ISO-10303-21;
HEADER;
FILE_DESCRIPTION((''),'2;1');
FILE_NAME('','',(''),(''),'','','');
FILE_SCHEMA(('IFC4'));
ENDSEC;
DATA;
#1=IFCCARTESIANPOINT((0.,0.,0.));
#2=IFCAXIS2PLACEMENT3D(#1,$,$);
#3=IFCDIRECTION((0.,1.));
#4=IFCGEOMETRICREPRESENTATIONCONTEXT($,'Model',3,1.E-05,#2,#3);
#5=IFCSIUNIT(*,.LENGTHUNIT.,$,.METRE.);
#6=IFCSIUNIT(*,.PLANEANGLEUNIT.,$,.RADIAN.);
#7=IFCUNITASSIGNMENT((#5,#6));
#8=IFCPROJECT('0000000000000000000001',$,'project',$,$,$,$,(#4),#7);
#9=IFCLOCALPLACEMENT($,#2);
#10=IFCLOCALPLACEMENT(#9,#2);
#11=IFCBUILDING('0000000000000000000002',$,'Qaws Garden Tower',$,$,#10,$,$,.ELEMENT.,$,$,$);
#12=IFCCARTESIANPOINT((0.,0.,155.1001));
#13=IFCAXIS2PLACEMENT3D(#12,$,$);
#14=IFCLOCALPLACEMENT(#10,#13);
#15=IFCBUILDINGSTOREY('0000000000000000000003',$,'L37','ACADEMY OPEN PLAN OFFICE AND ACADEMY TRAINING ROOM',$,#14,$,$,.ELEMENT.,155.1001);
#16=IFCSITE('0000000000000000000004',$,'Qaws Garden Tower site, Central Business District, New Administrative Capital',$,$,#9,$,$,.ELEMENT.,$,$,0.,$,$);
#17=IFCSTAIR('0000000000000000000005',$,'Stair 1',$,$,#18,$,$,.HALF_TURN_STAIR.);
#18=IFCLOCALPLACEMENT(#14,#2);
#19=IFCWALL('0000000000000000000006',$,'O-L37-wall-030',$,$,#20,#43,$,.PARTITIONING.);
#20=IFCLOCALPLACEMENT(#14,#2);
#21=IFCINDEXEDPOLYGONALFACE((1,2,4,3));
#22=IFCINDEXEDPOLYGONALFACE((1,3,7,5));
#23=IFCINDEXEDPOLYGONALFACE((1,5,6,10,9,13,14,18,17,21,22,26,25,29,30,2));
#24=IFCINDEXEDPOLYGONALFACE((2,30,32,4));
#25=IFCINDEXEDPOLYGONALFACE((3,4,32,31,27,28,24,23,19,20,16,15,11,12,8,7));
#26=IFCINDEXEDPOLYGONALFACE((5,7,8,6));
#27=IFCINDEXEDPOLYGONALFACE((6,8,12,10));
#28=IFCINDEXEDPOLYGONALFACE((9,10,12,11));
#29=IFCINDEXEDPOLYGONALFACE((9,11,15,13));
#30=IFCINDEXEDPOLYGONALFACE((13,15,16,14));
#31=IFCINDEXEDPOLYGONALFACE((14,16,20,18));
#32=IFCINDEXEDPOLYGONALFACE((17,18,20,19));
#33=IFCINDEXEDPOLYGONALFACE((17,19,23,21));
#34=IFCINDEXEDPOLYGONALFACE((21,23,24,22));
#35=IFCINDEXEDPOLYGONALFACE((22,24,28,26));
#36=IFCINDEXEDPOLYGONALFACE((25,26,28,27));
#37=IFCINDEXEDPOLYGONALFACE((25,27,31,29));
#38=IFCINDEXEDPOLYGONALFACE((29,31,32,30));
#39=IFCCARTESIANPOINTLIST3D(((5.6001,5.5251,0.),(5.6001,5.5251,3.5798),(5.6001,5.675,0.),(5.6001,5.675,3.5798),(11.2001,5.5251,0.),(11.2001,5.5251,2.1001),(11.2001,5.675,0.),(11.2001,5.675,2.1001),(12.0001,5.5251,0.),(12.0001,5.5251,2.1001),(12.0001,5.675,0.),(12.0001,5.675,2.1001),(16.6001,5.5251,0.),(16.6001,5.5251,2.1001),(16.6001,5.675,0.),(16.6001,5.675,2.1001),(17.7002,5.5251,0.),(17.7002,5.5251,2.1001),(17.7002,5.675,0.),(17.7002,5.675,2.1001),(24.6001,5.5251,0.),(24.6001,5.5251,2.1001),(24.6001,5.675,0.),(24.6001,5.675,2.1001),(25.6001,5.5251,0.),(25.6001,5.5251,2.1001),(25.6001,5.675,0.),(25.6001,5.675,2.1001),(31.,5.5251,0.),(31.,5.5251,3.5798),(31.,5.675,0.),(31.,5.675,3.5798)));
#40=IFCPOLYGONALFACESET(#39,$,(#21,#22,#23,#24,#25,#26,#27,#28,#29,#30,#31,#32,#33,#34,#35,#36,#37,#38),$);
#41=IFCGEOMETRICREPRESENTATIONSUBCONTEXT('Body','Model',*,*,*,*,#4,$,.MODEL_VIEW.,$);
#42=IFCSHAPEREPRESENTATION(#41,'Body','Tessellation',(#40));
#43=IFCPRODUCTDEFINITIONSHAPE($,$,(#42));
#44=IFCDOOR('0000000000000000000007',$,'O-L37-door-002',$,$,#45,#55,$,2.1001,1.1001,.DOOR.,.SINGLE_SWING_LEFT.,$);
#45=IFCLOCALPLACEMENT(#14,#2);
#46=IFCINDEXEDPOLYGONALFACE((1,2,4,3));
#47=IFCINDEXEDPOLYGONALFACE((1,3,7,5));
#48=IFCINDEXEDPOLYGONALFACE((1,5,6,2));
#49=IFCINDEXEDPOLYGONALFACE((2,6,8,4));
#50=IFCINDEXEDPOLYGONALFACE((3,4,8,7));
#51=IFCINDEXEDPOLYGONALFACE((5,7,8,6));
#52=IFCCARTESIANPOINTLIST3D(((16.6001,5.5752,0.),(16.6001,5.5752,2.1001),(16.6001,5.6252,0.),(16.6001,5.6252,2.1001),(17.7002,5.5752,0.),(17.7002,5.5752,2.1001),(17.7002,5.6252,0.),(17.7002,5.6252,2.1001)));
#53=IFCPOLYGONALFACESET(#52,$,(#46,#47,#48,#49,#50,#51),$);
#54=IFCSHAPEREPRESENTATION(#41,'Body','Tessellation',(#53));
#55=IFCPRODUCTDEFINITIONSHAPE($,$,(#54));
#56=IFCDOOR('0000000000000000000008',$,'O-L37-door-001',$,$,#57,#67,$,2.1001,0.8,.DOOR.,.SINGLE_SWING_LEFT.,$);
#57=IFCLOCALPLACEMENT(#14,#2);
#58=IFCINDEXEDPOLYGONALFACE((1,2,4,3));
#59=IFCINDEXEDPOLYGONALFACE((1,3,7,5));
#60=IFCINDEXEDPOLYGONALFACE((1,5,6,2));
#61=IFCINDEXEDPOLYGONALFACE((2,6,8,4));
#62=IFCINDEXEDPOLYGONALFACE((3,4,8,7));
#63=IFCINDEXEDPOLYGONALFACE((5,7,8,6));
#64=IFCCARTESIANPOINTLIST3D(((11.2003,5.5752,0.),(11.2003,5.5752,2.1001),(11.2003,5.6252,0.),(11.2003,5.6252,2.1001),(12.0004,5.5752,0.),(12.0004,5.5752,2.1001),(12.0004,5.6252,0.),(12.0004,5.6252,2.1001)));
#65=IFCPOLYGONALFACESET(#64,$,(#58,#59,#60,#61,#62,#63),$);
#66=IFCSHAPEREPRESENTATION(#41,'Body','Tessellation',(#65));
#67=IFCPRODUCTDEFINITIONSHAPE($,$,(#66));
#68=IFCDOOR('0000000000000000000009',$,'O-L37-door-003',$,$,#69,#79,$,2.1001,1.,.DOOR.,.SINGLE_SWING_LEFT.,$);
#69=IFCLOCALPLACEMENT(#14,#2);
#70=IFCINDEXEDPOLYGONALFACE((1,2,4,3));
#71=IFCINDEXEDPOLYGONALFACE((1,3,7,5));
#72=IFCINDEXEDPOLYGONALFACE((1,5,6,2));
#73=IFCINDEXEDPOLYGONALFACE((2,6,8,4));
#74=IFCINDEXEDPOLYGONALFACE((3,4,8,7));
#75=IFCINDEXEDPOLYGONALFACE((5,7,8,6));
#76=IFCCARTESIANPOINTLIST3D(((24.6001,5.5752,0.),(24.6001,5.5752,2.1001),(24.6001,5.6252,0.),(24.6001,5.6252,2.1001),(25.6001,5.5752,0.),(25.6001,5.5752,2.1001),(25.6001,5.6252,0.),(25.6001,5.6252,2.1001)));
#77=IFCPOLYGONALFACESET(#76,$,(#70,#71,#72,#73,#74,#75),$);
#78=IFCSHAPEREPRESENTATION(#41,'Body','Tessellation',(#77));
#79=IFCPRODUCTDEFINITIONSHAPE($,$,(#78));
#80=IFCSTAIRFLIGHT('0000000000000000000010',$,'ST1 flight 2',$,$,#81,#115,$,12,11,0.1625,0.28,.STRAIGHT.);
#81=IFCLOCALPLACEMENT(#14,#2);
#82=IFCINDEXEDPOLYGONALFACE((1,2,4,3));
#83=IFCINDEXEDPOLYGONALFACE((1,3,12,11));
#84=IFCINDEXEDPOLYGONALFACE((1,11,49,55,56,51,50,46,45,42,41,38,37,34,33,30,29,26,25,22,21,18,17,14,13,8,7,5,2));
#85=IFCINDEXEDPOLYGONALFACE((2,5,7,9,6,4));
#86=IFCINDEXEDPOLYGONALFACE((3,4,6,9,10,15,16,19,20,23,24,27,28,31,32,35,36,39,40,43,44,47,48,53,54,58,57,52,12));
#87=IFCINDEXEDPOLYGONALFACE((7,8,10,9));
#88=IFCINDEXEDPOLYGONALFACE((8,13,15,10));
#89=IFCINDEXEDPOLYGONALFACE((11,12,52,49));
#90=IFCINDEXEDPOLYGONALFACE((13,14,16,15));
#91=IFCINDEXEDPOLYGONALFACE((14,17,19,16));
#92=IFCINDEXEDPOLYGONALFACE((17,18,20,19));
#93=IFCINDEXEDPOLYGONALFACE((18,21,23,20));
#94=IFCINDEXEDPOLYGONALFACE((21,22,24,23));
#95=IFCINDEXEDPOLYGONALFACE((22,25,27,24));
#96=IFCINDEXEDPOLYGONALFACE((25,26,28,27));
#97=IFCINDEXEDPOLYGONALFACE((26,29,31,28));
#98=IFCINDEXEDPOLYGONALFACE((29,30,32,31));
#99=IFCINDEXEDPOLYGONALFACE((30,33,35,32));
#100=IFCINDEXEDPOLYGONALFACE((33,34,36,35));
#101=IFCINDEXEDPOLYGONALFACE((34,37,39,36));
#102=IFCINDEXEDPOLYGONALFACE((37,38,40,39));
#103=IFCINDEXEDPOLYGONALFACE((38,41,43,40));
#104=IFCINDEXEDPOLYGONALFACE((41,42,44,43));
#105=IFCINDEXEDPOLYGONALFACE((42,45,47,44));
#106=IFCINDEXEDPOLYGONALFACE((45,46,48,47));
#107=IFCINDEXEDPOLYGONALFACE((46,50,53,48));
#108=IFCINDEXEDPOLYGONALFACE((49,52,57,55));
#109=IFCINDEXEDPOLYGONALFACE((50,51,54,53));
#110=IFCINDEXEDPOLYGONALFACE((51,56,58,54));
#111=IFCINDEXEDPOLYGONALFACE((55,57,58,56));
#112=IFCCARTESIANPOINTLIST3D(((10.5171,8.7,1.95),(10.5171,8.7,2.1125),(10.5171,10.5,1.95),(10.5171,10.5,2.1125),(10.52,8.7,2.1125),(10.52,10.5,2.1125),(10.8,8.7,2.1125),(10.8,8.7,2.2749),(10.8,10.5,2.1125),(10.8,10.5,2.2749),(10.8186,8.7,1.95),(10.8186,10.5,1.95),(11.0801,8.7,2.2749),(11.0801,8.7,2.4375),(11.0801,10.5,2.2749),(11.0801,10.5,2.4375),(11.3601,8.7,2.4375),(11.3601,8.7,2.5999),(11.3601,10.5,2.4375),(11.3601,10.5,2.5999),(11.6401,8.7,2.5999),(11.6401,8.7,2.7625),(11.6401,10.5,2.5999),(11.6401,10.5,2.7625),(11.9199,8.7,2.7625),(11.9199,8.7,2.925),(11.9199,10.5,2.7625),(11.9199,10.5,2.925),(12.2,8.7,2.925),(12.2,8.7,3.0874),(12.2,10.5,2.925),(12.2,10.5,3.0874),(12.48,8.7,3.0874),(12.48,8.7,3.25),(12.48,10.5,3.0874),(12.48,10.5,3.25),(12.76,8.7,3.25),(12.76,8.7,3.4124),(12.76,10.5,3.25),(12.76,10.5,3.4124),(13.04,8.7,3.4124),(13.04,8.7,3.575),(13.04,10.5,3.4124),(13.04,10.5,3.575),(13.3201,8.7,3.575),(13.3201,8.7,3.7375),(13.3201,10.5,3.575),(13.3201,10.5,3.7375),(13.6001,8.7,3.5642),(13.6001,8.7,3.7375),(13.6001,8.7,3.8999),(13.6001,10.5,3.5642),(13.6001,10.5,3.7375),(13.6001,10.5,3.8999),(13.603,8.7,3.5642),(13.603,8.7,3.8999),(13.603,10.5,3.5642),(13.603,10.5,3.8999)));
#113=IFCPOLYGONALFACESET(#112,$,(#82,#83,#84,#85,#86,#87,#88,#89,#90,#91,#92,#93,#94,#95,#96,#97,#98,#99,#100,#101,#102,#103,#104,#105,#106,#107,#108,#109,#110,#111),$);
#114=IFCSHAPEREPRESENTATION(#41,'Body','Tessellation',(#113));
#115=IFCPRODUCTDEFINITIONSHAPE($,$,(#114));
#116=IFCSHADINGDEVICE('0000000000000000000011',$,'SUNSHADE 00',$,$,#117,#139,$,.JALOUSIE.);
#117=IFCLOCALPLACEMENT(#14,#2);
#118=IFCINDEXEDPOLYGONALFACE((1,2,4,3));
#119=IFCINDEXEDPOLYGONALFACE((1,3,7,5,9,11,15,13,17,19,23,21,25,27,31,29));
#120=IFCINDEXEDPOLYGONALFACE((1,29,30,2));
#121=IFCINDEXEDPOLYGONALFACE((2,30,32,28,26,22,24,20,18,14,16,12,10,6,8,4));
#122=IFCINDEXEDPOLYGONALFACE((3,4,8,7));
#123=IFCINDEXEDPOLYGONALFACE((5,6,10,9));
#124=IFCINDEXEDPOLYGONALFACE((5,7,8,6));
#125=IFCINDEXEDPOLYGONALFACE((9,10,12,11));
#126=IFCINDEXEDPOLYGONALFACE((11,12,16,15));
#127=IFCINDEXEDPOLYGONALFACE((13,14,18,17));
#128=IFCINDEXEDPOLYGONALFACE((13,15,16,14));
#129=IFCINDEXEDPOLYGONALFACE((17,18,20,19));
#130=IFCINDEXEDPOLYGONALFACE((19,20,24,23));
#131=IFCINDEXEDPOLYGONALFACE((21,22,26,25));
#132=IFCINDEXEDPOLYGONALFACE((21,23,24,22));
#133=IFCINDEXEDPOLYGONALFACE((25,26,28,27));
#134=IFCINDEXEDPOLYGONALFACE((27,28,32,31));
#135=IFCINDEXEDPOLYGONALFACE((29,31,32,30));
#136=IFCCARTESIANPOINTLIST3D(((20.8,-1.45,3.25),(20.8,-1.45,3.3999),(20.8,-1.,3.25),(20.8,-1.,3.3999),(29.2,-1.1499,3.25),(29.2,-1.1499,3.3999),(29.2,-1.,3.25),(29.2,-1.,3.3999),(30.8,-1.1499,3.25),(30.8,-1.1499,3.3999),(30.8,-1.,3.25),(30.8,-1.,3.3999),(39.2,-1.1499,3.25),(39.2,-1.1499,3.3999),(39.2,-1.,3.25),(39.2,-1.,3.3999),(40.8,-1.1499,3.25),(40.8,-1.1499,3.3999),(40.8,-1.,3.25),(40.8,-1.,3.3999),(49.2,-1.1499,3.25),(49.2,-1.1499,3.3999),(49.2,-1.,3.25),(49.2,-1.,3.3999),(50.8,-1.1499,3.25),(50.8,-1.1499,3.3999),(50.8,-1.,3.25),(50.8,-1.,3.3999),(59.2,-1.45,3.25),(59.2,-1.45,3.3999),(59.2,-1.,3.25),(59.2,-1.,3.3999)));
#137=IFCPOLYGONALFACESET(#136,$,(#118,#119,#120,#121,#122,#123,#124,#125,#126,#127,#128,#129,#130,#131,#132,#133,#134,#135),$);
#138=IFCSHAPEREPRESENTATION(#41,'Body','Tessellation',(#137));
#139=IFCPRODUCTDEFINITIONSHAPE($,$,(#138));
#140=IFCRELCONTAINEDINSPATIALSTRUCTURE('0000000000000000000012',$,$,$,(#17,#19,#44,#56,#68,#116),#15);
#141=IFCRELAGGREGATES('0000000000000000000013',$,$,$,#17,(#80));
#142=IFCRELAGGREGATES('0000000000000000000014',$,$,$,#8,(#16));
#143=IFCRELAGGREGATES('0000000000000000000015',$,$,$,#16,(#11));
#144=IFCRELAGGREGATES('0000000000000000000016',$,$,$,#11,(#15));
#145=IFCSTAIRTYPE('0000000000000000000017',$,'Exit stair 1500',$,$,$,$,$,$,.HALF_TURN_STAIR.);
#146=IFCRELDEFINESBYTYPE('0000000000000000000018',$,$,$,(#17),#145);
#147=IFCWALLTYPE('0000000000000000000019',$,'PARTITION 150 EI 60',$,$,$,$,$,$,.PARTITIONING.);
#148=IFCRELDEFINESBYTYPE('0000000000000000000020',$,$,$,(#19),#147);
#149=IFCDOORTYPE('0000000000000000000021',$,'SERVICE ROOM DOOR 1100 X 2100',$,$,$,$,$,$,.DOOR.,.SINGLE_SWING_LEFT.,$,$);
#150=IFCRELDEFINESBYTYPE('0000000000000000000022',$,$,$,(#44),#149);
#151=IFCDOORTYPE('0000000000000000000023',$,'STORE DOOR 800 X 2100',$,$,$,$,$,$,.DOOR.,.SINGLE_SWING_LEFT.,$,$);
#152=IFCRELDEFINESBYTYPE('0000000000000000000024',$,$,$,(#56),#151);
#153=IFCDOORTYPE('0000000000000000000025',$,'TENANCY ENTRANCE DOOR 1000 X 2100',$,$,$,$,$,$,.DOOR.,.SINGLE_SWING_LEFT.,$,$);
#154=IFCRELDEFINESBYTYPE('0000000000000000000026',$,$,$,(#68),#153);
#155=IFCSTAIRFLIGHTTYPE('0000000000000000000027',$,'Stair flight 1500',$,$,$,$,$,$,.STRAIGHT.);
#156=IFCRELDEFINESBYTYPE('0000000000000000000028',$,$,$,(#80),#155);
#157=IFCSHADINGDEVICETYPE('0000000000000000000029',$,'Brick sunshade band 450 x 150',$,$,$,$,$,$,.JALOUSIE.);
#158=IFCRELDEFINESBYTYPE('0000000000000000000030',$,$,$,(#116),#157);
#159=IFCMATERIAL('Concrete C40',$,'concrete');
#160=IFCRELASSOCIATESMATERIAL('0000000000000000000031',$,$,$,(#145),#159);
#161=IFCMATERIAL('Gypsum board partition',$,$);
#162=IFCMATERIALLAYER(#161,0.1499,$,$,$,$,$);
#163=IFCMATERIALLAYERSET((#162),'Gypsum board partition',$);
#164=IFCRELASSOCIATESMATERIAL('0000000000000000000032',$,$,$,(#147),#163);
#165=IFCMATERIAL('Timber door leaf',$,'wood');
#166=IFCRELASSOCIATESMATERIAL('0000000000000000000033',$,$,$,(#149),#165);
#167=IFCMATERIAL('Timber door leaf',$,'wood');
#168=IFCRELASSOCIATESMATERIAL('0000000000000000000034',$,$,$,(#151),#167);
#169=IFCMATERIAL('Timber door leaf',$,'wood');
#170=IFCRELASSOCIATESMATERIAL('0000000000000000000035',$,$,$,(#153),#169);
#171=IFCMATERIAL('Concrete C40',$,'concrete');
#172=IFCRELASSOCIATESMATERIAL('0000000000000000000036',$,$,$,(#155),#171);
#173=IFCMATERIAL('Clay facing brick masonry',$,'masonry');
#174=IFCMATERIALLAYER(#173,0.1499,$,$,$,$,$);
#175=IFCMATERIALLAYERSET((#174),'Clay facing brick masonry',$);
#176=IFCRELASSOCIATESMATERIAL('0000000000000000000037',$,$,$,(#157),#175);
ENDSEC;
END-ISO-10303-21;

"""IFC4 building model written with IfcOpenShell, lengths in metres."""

from ifc_helpers import new_model, si_unit, direction, frame, frame_2d, origin, place, context, subcontext, project, spatial, polyline, rectangle, outline, extrude, material, layer, layer_set, type_object, element, fill, aggregate, save


model = new_model("IFC4")

# Units and contexts
model_context = context("Model", 3, precision=1e-05, world=origin(), true_north=direction((0.0, 1.0)))
body_context = subcontext(model_context, "Body", "Model", "MODEL_VIEW")
ifc_project = project(units=[si_unit("LENGTHUNIT", "METRE"), si_unit("PLANEANGLEUNIT", "RADIAN")], contexts=[model_context])

# Site, building, storey
site_placement = place(None, origin())
site = spatial("IfcSite", under=ifc_project, at=site_placement, Name="Qaws Garden Tower site, Central Business District, New Administrative Capital", CompositionType="ELEMENT", RefElevation=0.0)
building_placement = place(site_placement, origin())
building = spatial("IfcBuilding", under=site, at=building_placement, Name="Qaws Garden Tower", CompositionType="ELEMENT")
storey_placement = place(building_placement, frame((0.0, 0.0, 155.1001)))
storey = spatial("IfcBuildingStorey", under=building, at=storey_placement, Name="L37", Description="ACADEMY OPEN PLAN OFFICE AND ACADEMY TRAINING ROOM", CompositionType="ELEMENT", Elevation=155.1001)

# Stair
ifc_material_1 = material(Name="Concrete C40", Category="concrete")
stair_type_1 = type_object("IfcStairType", Name="Exit stair 1500", PredefinedType="HALF_TURN_STAIR", material=ifc_material_1)
placement_1 = place(storey_placement, origin())
stair_1 = element("IfcStair", 1, at=placement_1, inside=storey, type_object=stair_type_1, Name="Stair 1", PredefinedType="HALF_TURN_STAIR")

# Shared definitions
ifc_material_2 = material(Name="Gypsum board partition")
ifc_layer_1 = layer(ifc_material_2, 0.1499)
ifc_layer_set_1 = layer_set([ifc_layer_1], Name="Gypsum board partition")
wall_type_1 = type_object("IfcWallType", Name="PARTITION 150 EI 60", PredefinedType="PARTITIONING", material=ifc_layer_set_1)

# Wall, openings, doors
wall_1_placement = place(storey_placement, frame((5.6001, 5.6001, 0.0), z_axis=(0.0, 0.0, 1.0), x_axis=(1.0, 0.0, 0.0)))
wall_1 = element("IfcWall", 2, at=wall_1_placement, inside=storey, type_object=wall_type_1, Name="O-L37-wall-030", PredefinedType="PARTITIONING", context=body_context, shape_type="SweptSolid", body=[
    extrude(rectangle(XDim=25.3999, YDim=0.1499, at=frame_2d((12.7, 0.0))), origin(), (0.0, 0.0, 1.0), 3.5798),
])
opening_1_placement = place(wall_1_placement, frame((5.6001, 0.0, 0.0)))
opening_1 = element("IfcOpeningElement", 3, at=opening_1_placement, cuts=wall_1, PredefinedType="OPENING", context=body_context, shape_type="SweptSolid", body=[
    extrude(rectangle(XDim=0.8, YDim=2.1001, at=frame_2d((0.3999, 1.05))), frame((0.0, 0.085, 0.0), z_axis=(0.0, -1.0, 0.0), x_axis=(1.0, 0.0, 0.0)), (0.0, 0.0, 1.0), 0.1699),
])
opening_2_placement = place(wall_1_placement, frame((11.0, 0.0, 0.0)))
opening_2 = element("IfcOpeningElement", 4, at=opening_2_placement, cuts=wall_1, PredefinedType="OPENING", context=body_context, shape_type="SweptSolid", body=[
    extrude(rectangle(XDim=1.1001, YDim=2.1001, at=frame_2d((0.55, 1.05))), frame((0.0, 0.085, 0.0), z_axis=(0.0, -1.0, 0.0), x_axis=(1.0, 0.0, 0.0)), (0.0, 0.0, 1.0), 0.1699),
])
opening_3_placement = place(wall_1_placement, frame((19.0, 0.0, 0.0)))
opening_3 = element("IfcOpeningElement", 5, at=opening_3_placement, cuts=wall_1, PredefinedType="OPENING", context=body_context, shape_type="SweptSolid", body=[
    extrude(rectangle(XDim=1.0, YDim=2.1001, at=frame_2d((0.5, 1.05))), frame((0.0, 0.085, 0.0), z_axis=(0.0, -1.0, 0.0), x_axis=(1.0, 0.0, 0.0)), (0.0, 0.0, 1.0), 0.1699),
])
ifc_material_3 = material(Name="Timber door leaf", Category="wood")
door_type_1 = type_object("IfcDoorType", Name="SERVICE ROOM DOOR 1100 X 2100", OperationType="SINGLE_SWING_LEFT", PredefinedType="DOOR", material=ifc_material_3)
door_1_placement = place(opening_2_placement, frame((1.1001, 0.0, 0.0), z_axis=(0.0, 0.0, 1.0), x_axis=(-1.0, 0.0, 0.0)))
door_1 = element("IfcDoor", 6, at=door_1_placement, inside=storey, type_object=door_type_1, Name="O-L37-door-002", OperationType="SINGLE_SWING_LEFT", OverallHeight=2.1001, OverallWidth=1.1001, PredefinedType="DOOR", context=body_context, shape_type="SweptSolid", body=[
    extrude(rectangle(XDim=1.1001, YDim=2.1001, at=frame_2d((0.55, 1.05))), frame((0.0, 0.0249, 0.0), z_axis=(0.0, -1.0, 0.0), x_axis=(1.0, 0.0, 0.0)), (0.0, 0.0, 1.0), 0.05),
])
fill(opening_2, door_1)
ifc_material_4 = material(Name="Timber door leaf", Category="wood")
door_type_2 = type_object("IfcDoorType", Name="STORE DOOR 800 X 2100", OperationType="SINGLE_SWING_LEFT", PredefinedType="DOOR", material=ifc_material_4)
door_2_placement = place(opening_1_placement, frame((0.8, 0.0, 0.0), z_axis=(0.0, 0.0, 1.0), x_axis=(-1.0, 0.0, 0.0)))
door_2 = element("IfcDoor", 7, at=door_2_placement, inside=storey, type_object=door_type_2, Name="O-L37-door-001", OperationType="SINGLE_SWING_LEFT", OverallHeight=2.1001, OverallWidth=0.8, PredefinedType="DOOR", context=body_context, shape_type="SweptSolid", body=[
    extrude(rectangle(XDim=0.8, YDim=2.1001, at=frame_2d((0.3999, 1.05))), frame((0.0, 0.0249, 0.0), z_axis=(0.0, -1.0, 0.0), x_axis=(1.0, 0.0, 0.0)), (0.0, 0.0, 1.0), 0.05),
])
fill(opening_1, door_2)
ifc_material_5 = material(Name="Timber door leaf", Category="wood")
door_type_3 = type_object("IfcDoorType", Name="TENANCY ENTRANCE DOOR 1000 X 2100", OperationType="SINGLE_SWING_LEFT", PredefinedType="DOOR", material=ifc_material_5)
door_3_placement = place(opening_3_placement, frame((1.0, 0.0, 0.0), z_axis=(0.0, 0.0, 1.0), x_axis=(-1.0, 0.0, 0.0)))
door_3 = element("IfcDoor", 8, at=door_3_placement, inside=storey, type_object=door_type_3, Name="O-L37-door-003", OperationType="SINGLE_SWING_LEFT", OverallHeight=2.1001, OverallWidth=1.0, PredefinedType="DOOR", context=body_context, shape_type="SweptSolid", body=[
    extrude(rectangle(XDim=1.0, YDim=2.1001, at=frame_2d((0.5, 1.05))), frame((0.0, 0.0249, 0.0), z_axis=(0.0, -1.0, 0.0), x_axis=(1.0, 0.0, 0.0)), (0.0, 0.0, 1.0), 0.05),
])
fill(opening_3, door_3)

# Stair flight
ifc_material_6 = material(Name="Concrete C40", Category="concrete")
stair_flight_type = type_object("IfcStairFlightType", Name="Stair flight 1500", PredefinedType="STRAIGHT", material=ifc_material_6)
stair_flight_placement = place(storey_placement, frame((10.52, 9.6001, 1.95), z_axis=(0.0, 0.0, 1.0), x_axis=(1.0, 0.0, 0.0)))
stair_flight = element("IfcStairFlight", 9, at=stair_flight_placement, type_object=stair_flight_type, Name="ST1 flight 2", NumberOfRisers=12, NumberOfTreads=11, PredefinedType="STRAIGHT", RiserHeight=0.1625, TreadLength=0.28, context=body_context, shape_type="SweptSolid", body=[
    extrude(outline(polyline([(-0.0029, 0.0), (-0.0029, 0.1626), (0.0, 0.1626), (0.28, 0.1626), (0.28, 0.325), (0.5601, 0.325), (0.5601, 0.4875), (0.8401, 0.4875), (0.8401, 0.6499), (1.1201, 0.6499), (1.1201, 0.8125), (1.3999, 0.8125), (1.3999, 0.9751), (1.6799, 0.9751), (1.6799, 1.1375), (1.96, 1.1375), (1.96, 1.3), (2.24, 1.3), (2.24, 1.4624), (2.52, 1.4624), (2.52, 1.625), (2.8, 1.625), (2.8, 1.7876), (3.0801, 1.7876), (3.0801, 1.95), (3.083, 1.95), (3.083, 1.6143), (3.0801, 1.6143), (0.2986, 0.0), (-0.0029, 0.0)])), frame((0.0, 0.8999, 0.0), z_axis=(0.0, -1.0, 0.0), x_axis=(1.0, 0.0, 0.0)), (0.0, 0.0, 1.0), 1.8),
])
aggregate(stair_1, [stair_flight])

# Shading device
ifc_material_7 = material(Name="Clay facing brick masonry", Category="masonry")
ifc_layer_2 = layer(ifc_material_7, 0.1499)
ifc_layer_set_2 = layer_set([ifc_layer_2], Name="Clay facing brick masonry")
shading_device_type = type_object("IfcShadingDeviceType", Name="Brick sunshade band 450 x 150", PredefinedType="JALOUSIE", material=ifc_layer_set_2)
shading_device_placement = place(storey_placement, frame((0.0, 0.0, 3.25)))
element("IfcShadingDevice", 10, at=shading_device_placement, inside=storey, type_object=shading_device_type, Name="SUNSHADE 00", PredefinedType="JALOUSIE", context=body_context, shape_type="SweptSolid", body=[
    extrude(outline(polyline([(20.8, -1.0), (20.8, -1.45), (59.2, -1.45), (59.2, -1.0), (50.8, -1.0), (50.8, -1.1499), (49.2, -1.1499), (49.2, -1.0), (40.8, -1.0), (40.8, -1.1499), (39.2, -1.1499), (39.2, -1.0), (30.8, -1.0), (30.8, -1.1499), (29.2, -1.1499), (29.2, -1.0), (20.8, -1.0)])), origin(), (0.0, 0.0, 1.0), 0.1499),
])

save(model, "model.ifc")
